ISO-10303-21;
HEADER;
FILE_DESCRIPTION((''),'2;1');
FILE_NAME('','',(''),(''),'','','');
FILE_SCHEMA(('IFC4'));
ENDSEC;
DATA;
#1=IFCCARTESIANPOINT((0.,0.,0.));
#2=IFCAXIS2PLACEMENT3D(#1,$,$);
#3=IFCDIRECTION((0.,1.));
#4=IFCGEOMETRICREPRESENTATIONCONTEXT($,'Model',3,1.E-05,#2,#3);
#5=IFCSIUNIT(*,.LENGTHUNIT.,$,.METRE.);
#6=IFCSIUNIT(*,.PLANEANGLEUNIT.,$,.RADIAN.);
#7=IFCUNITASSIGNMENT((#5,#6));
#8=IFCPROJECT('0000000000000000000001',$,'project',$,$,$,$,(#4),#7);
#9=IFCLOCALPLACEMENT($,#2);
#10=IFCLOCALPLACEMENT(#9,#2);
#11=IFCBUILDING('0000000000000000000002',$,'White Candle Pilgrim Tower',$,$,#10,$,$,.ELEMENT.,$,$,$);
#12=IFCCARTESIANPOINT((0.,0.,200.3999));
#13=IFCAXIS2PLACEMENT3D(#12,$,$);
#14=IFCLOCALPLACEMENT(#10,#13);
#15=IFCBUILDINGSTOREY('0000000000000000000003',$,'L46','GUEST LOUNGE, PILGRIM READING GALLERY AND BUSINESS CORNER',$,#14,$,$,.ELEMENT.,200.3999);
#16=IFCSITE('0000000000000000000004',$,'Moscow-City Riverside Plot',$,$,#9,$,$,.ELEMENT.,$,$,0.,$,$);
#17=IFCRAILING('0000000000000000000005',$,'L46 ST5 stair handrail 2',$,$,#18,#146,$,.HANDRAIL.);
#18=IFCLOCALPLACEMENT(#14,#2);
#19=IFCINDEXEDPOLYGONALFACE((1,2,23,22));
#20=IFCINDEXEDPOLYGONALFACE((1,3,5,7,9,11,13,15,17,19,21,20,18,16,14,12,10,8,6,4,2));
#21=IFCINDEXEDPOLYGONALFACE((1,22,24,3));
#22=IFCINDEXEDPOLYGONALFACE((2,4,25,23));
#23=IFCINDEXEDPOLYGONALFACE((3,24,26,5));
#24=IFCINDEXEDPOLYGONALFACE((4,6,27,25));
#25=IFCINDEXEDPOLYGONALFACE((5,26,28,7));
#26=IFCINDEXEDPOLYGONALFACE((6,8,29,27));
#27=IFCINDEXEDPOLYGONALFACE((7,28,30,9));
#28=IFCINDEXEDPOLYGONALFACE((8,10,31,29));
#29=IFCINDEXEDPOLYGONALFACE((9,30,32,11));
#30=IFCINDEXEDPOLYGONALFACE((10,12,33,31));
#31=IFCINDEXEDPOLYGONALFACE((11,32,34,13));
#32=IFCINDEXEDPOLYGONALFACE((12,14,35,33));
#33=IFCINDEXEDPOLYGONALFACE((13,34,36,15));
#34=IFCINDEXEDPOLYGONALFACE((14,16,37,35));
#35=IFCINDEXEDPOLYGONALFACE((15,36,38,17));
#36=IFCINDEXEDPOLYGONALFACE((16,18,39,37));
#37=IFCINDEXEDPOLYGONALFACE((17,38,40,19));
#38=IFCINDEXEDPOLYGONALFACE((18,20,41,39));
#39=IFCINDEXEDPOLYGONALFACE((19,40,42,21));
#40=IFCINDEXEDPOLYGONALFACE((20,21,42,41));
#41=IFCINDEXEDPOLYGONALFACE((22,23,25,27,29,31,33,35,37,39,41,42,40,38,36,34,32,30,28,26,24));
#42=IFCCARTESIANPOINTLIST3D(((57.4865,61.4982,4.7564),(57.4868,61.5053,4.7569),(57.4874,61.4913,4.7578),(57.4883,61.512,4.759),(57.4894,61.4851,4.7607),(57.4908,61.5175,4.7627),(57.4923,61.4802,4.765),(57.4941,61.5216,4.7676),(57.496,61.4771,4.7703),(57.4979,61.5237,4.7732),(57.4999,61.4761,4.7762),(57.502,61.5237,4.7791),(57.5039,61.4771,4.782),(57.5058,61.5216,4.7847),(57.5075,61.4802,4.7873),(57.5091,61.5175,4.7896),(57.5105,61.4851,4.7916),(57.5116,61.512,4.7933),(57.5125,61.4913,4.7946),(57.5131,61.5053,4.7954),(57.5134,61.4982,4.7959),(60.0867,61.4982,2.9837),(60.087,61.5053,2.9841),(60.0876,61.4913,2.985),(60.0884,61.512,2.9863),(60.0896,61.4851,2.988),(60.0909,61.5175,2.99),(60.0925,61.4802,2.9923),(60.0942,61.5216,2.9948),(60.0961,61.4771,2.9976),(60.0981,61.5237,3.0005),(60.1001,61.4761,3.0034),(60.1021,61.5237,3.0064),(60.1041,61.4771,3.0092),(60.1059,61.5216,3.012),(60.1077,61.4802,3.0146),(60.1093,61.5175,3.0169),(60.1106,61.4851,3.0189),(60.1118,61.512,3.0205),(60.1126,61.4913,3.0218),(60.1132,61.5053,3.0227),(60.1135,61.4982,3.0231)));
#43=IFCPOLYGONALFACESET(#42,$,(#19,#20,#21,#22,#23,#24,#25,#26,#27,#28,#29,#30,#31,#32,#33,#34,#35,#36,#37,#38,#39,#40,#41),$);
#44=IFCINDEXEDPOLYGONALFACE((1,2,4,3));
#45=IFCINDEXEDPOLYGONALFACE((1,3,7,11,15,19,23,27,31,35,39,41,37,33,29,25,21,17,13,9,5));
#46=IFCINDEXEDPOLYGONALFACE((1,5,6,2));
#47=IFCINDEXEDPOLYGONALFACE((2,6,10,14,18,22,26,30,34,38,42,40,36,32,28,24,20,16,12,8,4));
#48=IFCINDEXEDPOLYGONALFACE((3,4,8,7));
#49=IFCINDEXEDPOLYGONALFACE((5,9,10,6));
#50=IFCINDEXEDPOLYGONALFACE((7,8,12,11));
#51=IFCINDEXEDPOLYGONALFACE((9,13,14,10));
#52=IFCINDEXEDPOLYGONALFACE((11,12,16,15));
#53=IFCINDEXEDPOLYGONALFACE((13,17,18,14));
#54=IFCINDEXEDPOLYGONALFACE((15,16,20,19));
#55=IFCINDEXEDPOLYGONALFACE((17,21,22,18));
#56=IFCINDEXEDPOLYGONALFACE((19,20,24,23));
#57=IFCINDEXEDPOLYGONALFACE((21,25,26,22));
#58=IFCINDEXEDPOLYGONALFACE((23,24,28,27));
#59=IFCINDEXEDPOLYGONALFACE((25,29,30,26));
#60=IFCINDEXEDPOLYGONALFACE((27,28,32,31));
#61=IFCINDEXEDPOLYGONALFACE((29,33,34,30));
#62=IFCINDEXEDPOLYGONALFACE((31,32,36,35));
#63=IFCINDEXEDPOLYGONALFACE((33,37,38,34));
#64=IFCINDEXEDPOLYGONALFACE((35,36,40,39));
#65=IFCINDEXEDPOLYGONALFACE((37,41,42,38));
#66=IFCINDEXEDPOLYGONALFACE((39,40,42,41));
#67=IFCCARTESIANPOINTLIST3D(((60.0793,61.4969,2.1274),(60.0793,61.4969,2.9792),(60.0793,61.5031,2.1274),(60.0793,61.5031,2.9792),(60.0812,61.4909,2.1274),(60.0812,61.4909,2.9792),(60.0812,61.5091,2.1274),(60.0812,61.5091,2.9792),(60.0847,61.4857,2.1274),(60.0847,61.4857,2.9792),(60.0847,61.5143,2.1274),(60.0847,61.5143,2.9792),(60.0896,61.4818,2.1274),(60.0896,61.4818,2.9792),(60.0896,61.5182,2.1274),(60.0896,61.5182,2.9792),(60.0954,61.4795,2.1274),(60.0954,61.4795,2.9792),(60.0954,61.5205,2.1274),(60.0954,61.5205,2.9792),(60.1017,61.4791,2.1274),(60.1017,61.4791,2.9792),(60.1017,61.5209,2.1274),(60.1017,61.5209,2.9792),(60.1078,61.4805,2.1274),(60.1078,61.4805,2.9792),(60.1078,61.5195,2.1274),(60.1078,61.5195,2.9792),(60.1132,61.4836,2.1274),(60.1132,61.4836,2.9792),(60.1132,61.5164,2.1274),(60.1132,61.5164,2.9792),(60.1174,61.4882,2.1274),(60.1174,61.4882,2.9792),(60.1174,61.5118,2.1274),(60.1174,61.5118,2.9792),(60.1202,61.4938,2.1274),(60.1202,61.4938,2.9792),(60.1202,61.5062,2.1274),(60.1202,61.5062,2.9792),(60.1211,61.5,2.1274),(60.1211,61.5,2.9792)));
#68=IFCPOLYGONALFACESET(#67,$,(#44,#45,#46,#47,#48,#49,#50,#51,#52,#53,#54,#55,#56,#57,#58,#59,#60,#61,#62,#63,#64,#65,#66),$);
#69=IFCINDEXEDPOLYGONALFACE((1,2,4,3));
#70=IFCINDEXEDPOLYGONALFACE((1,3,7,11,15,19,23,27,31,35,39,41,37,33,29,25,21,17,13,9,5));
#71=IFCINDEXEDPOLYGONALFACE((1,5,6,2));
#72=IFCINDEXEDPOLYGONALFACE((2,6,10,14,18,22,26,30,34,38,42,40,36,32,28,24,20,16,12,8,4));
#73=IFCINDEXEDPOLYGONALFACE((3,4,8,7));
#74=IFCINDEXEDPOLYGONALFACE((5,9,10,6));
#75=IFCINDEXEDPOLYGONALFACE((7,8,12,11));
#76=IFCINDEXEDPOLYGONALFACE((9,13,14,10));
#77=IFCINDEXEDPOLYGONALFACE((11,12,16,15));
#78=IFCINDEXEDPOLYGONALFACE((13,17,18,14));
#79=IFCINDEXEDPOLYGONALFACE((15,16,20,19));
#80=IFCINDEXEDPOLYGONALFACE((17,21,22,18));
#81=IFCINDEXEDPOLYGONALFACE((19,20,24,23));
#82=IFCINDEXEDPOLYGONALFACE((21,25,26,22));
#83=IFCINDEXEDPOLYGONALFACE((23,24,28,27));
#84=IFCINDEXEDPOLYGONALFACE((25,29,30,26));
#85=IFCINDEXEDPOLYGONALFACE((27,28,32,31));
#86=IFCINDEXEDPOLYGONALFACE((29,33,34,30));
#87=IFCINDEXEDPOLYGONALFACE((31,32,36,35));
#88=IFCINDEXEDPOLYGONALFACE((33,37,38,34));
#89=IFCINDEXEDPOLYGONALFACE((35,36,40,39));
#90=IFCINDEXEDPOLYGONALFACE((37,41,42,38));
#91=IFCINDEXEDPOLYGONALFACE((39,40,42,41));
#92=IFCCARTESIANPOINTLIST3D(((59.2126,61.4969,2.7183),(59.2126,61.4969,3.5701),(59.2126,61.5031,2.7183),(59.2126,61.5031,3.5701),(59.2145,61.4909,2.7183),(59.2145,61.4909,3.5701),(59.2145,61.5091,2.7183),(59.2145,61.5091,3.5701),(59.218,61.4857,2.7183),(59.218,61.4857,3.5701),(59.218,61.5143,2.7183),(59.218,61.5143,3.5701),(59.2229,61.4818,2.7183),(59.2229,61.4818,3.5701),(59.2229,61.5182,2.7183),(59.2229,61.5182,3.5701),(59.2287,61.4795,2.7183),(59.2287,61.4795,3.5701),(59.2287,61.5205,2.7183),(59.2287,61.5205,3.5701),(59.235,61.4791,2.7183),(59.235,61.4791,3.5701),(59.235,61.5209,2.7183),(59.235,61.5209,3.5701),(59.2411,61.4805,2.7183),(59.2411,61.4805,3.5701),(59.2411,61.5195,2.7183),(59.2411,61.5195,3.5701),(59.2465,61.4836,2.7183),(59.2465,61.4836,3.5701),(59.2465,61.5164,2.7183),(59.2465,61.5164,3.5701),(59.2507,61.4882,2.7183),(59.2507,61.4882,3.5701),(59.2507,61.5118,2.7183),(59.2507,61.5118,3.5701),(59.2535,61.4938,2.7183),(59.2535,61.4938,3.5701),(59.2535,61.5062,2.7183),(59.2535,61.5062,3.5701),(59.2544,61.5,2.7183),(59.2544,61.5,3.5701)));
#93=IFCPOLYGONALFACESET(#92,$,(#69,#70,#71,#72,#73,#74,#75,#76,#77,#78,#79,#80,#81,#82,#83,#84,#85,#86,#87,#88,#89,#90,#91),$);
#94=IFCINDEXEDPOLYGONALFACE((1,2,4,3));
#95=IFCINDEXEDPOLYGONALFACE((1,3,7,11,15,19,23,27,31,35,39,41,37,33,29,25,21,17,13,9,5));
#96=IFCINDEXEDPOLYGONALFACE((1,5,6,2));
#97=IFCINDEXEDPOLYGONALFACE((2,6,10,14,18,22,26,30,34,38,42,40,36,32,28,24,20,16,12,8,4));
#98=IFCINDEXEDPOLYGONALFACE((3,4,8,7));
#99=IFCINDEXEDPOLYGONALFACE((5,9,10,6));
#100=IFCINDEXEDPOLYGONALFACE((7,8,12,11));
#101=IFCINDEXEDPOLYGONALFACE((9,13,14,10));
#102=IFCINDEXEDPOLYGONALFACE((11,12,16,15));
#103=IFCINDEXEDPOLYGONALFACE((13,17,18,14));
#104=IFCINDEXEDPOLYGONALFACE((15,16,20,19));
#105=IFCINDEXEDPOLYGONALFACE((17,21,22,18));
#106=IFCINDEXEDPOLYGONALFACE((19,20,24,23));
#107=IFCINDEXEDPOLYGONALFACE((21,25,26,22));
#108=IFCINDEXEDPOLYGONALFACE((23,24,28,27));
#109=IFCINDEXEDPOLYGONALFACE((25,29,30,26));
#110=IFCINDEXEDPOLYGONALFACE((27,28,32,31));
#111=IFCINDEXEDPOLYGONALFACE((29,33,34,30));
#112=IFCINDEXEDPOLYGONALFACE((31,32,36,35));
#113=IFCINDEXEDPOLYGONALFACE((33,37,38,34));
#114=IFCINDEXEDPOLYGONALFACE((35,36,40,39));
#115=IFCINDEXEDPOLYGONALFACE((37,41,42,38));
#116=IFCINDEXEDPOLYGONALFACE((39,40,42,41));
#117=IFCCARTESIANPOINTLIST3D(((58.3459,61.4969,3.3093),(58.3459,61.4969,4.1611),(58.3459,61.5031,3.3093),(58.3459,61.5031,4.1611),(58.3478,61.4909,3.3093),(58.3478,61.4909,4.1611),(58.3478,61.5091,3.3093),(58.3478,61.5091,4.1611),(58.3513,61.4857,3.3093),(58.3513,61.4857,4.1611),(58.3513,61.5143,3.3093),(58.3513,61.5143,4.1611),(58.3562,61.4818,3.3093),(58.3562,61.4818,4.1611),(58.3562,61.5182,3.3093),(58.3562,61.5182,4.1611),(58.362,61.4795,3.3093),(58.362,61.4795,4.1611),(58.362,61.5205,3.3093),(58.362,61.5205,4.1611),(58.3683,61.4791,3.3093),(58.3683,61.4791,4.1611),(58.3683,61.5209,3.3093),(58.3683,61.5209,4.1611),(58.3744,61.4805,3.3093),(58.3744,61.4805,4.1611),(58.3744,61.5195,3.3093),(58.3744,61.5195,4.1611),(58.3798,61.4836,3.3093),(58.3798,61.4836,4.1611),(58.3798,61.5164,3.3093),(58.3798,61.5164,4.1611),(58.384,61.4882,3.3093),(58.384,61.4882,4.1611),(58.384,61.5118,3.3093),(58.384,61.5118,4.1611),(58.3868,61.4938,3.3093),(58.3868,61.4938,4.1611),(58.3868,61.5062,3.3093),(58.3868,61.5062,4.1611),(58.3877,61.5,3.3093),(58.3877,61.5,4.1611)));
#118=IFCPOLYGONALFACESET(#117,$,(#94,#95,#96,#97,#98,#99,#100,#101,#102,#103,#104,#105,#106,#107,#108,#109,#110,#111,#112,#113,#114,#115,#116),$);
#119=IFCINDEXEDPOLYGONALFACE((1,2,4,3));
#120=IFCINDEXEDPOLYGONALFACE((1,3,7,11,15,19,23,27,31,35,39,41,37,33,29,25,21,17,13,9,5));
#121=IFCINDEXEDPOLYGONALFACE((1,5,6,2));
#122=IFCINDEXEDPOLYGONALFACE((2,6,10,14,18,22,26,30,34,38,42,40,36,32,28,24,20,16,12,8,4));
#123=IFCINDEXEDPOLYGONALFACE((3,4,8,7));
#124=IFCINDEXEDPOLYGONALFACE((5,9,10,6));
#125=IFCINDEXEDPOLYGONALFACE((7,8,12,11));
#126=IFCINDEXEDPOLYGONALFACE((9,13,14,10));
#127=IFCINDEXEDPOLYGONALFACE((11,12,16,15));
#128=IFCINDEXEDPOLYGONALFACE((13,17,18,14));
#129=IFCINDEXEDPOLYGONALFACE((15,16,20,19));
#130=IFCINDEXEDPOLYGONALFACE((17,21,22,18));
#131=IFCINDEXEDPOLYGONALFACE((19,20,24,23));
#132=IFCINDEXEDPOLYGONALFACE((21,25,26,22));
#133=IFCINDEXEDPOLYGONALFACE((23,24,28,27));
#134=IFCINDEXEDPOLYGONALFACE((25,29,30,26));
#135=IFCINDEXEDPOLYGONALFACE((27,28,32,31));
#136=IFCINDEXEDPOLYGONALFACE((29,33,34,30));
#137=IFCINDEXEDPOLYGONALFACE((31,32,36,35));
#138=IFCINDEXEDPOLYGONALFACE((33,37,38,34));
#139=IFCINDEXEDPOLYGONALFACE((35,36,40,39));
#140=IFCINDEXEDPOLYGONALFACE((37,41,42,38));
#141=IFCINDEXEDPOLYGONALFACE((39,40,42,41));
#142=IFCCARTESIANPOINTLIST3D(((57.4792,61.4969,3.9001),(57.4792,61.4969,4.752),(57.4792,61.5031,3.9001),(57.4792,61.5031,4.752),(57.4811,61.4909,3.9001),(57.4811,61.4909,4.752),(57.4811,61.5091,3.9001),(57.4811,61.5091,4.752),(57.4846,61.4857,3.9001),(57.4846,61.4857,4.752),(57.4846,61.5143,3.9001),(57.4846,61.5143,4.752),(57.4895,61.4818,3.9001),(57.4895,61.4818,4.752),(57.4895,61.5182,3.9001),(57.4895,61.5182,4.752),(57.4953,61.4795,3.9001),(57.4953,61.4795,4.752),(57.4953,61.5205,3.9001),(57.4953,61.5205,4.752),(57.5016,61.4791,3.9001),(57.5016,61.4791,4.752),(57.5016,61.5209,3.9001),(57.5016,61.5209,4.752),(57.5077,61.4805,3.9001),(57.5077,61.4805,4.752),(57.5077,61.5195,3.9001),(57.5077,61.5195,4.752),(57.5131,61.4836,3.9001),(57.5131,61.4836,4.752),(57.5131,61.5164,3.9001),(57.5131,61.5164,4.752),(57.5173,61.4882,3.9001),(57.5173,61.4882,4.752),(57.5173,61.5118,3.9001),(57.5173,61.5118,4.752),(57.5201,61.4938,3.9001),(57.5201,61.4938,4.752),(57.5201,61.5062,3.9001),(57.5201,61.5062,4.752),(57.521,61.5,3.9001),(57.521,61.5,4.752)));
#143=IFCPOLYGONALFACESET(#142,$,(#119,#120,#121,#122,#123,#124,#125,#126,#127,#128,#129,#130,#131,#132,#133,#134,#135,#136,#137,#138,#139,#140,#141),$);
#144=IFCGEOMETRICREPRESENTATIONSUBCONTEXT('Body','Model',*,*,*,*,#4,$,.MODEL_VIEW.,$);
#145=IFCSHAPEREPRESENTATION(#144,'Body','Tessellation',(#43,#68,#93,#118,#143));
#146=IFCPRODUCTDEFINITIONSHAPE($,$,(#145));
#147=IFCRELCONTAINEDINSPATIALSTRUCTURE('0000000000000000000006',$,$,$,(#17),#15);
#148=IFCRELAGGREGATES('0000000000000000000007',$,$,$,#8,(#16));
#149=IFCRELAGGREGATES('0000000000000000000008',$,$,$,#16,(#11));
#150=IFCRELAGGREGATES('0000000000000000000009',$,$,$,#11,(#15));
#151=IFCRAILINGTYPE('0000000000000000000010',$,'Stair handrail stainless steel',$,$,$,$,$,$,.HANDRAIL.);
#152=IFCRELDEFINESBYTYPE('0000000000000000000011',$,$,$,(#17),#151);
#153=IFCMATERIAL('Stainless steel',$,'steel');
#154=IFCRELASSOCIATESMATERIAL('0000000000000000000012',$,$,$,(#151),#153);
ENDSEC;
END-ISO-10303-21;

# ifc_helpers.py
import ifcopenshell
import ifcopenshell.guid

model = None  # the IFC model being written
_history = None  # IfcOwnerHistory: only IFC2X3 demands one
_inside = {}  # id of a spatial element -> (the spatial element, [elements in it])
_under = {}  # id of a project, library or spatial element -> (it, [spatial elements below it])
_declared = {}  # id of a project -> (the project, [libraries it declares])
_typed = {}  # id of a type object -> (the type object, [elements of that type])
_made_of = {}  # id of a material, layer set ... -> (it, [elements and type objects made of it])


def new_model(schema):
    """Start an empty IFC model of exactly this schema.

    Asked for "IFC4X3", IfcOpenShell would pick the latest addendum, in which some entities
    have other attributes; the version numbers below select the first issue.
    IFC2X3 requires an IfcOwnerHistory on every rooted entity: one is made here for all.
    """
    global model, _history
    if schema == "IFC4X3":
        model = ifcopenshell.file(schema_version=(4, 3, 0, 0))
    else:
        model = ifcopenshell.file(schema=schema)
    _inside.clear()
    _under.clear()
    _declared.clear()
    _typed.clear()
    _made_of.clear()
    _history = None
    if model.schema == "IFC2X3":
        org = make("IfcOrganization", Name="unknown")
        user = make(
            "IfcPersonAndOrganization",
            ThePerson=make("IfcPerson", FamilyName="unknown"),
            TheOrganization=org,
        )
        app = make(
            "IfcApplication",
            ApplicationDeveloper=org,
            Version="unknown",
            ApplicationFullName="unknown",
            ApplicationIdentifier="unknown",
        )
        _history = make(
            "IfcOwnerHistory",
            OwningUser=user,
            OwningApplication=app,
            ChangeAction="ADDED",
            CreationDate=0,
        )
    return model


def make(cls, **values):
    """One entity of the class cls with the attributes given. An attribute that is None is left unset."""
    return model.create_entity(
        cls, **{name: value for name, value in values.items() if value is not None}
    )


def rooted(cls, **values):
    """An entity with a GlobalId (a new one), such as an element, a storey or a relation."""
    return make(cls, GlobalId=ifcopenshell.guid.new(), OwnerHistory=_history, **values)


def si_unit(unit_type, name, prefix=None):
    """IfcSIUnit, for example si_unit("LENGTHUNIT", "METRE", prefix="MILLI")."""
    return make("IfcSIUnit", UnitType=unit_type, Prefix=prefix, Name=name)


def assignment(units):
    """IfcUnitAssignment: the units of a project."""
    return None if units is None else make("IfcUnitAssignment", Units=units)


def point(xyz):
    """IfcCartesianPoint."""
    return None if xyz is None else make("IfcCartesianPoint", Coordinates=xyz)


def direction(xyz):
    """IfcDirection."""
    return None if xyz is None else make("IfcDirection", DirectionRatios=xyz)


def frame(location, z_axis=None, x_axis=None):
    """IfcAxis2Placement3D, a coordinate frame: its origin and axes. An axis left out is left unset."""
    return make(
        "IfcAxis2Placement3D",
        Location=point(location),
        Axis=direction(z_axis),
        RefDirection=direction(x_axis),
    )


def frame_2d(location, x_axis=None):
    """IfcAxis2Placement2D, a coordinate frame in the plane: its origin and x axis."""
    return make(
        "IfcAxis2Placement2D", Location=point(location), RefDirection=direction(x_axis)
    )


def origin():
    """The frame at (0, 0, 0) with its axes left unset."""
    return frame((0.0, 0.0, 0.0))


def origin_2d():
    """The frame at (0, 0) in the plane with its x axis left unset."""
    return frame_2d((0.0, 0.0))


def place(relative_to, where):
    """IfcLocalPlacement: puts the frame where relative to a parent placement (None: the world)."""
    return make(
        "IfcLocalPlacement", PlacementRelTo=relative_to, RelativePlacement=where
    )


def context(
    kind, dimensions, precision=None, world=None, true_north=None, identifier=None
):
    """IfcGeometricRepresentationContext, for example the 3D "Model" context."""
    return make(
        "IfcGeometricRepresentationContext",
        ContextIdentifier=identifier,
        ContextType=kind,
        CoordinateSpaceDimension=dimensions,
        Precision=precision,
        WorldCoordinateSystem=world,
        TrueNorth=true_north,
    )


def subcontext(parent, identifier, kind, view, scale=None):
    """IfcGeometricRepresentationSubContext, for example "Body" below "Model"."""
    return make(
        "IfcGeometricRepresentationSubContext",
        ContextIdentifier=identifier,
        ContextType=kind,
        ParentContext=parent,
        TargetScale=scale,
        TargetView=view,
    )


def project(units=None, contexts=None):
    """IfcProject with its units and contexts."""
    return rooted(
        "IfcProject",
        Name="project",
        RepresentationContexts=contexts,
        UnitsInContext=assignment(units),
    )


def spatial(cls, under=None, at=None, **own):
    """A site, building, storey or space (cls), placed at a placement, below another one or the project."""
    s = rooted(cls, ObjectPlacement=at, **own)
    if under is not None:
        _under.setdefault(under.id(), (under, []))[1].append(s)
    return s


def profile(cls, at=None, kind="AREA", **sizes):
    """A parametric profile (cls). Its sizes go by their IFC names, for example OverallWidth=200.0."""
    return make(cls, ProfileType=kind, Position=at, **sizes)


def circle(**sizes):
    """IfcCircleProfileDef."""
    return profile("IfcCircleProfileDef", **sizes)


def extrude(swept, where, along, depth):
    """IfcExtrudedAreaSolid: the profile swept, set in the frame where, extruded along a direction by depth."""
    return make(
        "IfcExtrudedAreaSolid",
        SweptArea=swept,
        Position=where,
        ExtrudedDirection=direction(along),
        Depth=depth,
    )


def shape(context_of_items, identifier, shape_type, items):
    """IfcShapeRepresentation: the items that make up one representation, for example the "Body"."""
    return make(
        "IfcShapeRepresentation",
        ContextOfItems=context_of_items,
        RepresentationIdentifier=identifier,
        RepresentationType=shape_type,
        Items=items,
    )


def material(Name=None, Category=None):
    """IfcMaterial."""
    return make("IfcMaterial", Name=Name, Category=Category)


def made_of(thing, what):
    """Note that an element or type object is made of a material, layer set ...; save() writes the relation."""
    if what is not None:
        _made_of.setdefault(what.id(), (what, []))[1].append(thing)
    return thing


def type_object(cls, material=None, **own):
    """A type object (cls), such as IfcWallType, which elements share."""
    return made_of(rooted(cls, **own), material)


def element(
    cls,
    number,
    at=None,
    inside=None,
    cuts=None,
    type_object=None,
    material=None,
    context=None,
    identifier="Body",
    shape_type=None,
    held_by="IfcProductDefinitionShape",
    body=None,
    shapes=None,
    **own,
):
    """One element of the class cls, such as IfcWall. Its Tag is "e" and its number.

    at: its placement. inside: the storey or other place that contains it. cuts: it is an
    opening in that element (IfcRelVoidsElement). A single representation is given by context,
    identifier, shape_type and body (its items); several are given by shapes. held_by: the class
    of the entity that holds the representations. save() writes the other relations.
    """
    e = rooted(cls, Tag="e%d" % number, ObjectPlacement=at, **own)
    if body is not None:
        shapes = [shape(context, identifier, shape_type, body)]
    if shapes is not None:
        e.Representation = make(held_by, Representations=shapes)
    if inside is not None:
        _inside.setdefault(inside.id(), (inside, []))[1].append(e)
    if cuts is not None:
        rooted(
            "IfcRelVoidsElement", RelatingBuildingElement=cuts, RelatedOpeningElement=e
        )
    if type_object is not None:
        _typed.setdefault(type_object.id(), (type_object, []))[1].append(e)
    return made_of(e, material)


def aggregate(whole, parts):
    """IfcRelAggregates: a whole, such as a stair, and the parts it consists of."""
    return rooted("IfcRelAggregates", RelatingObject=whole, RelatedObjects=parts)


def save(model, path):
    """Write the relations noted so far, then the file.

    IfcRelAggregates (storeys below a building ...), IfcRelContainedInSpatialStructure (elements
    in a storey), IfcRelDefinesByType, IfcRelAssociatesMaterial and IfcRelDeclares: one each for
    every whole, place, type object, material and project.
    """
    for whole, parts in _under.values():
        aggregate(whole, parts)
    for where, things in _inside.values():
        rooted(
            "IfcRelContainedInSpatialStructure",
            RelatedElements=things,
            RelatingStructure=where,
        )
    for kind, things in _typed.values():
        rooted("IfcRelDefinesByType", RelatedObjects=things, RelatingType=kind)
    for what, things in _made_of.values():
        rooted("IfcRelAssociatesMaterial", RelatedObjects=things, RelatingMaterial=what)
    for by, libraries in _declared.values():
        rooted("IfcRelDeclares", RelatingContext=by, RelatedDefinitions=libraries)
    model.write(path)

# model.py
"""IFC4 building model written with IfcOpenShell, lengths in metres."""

from ifc_helpers import new_model, si_unit, direction, frame, origin, origin_2d, place, context, subcontext, project, spatial, circle, extrude, material, type_object, element, save


model = new_model("IFC4")

# Units and contexts
model_context = context("Model", 3, precision=1e-05, world=origin(), true_north=direction((0.0, 1.0)))
body_context = subcontext(model_context, "Body", "Model", "MODEL_VIEW")
ifc_project = project(units=[si_unit("LENGTHUNIT", "METRE"), si_unit("PLANEANGLEUNIT", "RADIAN")], contexts=[model_context])

# Site, building, storey
site_placement = place(None, origin())
site = spatial("IfcSite", under=ifc_project, at=site_placement, Name="Moscow-City Riverside Plot", CompositionType="ELEMENT", RefElevation=0.0)
building_placement = place(site_placement, origin())
building = spatial("IfcBuilding", under=site, at=building_placement, Name="White Candle Pilgrim Tower", CompositionType="ELEMENT")
storey_placement = place(building_placement, frame((0.0, 0.0, 200.3999)))
storey = spatial("IfcBuildingStorey", under=building, at=storey_placement, Name="L46", Description="GUEST LOUNGE, PILGRIM READING GALLERY AND BUSINESS CORNER", CompositionType="ELEMENT", Elevation=200.3999)

# Railing
ifc_material_1 = material(Name="Stainless steel", Category="steel")
railing_type_1 = type_object("IfcRailingType", Name="Stair handrail stainless steel", PredefinedType="HANDRAIL", material=ifc_material_1)
railing_1_placement = place(storey_placement, frame((60.1001, 61.5, 2.1274)))
element("IfcRailing", 1, at=railing_1_placement, inside=storey, type_object=railing_type_1, Name="L46 ST5 stair handrail 2", PredefinedType="HANDRAIL", context=body_context, shape_type="SweptSolid", body=[
    extrude(circle(Radius=0.0239, at=origin_2d()), frame((0.0, 0.0, 0.876), z_axis=(-0.82624, 0.0, 0.563318), x_axis=(0.0, -1.0, 0.0)), (0.0, 0.0, 1.0), 3.147),
    extrude(circle(Radius=0.021, at=origin_2d()), origin(), (0.0, 0.0, 1.0), 0.8518),
    extrude(circle(Radius=0.021, at=origin_2d()), frame((-0.8667, 0.0, 0.5908)), (0.0, 0.0, 1.0), 0.8518),
    extrude(circle(Radius=0.021, at=origin_2d()), frame((-1.7334, 0.0, 1.1819)), (0.0, 0.0, 1.0), 0.8518),
    extrude(circle(Radius=0.021, at=origin_2d()), frame((-2.6001, 0.0, 1.7727)), (0.0, 0.0, 1.0), 0.8518),
])

save(model, "model.ifc")
